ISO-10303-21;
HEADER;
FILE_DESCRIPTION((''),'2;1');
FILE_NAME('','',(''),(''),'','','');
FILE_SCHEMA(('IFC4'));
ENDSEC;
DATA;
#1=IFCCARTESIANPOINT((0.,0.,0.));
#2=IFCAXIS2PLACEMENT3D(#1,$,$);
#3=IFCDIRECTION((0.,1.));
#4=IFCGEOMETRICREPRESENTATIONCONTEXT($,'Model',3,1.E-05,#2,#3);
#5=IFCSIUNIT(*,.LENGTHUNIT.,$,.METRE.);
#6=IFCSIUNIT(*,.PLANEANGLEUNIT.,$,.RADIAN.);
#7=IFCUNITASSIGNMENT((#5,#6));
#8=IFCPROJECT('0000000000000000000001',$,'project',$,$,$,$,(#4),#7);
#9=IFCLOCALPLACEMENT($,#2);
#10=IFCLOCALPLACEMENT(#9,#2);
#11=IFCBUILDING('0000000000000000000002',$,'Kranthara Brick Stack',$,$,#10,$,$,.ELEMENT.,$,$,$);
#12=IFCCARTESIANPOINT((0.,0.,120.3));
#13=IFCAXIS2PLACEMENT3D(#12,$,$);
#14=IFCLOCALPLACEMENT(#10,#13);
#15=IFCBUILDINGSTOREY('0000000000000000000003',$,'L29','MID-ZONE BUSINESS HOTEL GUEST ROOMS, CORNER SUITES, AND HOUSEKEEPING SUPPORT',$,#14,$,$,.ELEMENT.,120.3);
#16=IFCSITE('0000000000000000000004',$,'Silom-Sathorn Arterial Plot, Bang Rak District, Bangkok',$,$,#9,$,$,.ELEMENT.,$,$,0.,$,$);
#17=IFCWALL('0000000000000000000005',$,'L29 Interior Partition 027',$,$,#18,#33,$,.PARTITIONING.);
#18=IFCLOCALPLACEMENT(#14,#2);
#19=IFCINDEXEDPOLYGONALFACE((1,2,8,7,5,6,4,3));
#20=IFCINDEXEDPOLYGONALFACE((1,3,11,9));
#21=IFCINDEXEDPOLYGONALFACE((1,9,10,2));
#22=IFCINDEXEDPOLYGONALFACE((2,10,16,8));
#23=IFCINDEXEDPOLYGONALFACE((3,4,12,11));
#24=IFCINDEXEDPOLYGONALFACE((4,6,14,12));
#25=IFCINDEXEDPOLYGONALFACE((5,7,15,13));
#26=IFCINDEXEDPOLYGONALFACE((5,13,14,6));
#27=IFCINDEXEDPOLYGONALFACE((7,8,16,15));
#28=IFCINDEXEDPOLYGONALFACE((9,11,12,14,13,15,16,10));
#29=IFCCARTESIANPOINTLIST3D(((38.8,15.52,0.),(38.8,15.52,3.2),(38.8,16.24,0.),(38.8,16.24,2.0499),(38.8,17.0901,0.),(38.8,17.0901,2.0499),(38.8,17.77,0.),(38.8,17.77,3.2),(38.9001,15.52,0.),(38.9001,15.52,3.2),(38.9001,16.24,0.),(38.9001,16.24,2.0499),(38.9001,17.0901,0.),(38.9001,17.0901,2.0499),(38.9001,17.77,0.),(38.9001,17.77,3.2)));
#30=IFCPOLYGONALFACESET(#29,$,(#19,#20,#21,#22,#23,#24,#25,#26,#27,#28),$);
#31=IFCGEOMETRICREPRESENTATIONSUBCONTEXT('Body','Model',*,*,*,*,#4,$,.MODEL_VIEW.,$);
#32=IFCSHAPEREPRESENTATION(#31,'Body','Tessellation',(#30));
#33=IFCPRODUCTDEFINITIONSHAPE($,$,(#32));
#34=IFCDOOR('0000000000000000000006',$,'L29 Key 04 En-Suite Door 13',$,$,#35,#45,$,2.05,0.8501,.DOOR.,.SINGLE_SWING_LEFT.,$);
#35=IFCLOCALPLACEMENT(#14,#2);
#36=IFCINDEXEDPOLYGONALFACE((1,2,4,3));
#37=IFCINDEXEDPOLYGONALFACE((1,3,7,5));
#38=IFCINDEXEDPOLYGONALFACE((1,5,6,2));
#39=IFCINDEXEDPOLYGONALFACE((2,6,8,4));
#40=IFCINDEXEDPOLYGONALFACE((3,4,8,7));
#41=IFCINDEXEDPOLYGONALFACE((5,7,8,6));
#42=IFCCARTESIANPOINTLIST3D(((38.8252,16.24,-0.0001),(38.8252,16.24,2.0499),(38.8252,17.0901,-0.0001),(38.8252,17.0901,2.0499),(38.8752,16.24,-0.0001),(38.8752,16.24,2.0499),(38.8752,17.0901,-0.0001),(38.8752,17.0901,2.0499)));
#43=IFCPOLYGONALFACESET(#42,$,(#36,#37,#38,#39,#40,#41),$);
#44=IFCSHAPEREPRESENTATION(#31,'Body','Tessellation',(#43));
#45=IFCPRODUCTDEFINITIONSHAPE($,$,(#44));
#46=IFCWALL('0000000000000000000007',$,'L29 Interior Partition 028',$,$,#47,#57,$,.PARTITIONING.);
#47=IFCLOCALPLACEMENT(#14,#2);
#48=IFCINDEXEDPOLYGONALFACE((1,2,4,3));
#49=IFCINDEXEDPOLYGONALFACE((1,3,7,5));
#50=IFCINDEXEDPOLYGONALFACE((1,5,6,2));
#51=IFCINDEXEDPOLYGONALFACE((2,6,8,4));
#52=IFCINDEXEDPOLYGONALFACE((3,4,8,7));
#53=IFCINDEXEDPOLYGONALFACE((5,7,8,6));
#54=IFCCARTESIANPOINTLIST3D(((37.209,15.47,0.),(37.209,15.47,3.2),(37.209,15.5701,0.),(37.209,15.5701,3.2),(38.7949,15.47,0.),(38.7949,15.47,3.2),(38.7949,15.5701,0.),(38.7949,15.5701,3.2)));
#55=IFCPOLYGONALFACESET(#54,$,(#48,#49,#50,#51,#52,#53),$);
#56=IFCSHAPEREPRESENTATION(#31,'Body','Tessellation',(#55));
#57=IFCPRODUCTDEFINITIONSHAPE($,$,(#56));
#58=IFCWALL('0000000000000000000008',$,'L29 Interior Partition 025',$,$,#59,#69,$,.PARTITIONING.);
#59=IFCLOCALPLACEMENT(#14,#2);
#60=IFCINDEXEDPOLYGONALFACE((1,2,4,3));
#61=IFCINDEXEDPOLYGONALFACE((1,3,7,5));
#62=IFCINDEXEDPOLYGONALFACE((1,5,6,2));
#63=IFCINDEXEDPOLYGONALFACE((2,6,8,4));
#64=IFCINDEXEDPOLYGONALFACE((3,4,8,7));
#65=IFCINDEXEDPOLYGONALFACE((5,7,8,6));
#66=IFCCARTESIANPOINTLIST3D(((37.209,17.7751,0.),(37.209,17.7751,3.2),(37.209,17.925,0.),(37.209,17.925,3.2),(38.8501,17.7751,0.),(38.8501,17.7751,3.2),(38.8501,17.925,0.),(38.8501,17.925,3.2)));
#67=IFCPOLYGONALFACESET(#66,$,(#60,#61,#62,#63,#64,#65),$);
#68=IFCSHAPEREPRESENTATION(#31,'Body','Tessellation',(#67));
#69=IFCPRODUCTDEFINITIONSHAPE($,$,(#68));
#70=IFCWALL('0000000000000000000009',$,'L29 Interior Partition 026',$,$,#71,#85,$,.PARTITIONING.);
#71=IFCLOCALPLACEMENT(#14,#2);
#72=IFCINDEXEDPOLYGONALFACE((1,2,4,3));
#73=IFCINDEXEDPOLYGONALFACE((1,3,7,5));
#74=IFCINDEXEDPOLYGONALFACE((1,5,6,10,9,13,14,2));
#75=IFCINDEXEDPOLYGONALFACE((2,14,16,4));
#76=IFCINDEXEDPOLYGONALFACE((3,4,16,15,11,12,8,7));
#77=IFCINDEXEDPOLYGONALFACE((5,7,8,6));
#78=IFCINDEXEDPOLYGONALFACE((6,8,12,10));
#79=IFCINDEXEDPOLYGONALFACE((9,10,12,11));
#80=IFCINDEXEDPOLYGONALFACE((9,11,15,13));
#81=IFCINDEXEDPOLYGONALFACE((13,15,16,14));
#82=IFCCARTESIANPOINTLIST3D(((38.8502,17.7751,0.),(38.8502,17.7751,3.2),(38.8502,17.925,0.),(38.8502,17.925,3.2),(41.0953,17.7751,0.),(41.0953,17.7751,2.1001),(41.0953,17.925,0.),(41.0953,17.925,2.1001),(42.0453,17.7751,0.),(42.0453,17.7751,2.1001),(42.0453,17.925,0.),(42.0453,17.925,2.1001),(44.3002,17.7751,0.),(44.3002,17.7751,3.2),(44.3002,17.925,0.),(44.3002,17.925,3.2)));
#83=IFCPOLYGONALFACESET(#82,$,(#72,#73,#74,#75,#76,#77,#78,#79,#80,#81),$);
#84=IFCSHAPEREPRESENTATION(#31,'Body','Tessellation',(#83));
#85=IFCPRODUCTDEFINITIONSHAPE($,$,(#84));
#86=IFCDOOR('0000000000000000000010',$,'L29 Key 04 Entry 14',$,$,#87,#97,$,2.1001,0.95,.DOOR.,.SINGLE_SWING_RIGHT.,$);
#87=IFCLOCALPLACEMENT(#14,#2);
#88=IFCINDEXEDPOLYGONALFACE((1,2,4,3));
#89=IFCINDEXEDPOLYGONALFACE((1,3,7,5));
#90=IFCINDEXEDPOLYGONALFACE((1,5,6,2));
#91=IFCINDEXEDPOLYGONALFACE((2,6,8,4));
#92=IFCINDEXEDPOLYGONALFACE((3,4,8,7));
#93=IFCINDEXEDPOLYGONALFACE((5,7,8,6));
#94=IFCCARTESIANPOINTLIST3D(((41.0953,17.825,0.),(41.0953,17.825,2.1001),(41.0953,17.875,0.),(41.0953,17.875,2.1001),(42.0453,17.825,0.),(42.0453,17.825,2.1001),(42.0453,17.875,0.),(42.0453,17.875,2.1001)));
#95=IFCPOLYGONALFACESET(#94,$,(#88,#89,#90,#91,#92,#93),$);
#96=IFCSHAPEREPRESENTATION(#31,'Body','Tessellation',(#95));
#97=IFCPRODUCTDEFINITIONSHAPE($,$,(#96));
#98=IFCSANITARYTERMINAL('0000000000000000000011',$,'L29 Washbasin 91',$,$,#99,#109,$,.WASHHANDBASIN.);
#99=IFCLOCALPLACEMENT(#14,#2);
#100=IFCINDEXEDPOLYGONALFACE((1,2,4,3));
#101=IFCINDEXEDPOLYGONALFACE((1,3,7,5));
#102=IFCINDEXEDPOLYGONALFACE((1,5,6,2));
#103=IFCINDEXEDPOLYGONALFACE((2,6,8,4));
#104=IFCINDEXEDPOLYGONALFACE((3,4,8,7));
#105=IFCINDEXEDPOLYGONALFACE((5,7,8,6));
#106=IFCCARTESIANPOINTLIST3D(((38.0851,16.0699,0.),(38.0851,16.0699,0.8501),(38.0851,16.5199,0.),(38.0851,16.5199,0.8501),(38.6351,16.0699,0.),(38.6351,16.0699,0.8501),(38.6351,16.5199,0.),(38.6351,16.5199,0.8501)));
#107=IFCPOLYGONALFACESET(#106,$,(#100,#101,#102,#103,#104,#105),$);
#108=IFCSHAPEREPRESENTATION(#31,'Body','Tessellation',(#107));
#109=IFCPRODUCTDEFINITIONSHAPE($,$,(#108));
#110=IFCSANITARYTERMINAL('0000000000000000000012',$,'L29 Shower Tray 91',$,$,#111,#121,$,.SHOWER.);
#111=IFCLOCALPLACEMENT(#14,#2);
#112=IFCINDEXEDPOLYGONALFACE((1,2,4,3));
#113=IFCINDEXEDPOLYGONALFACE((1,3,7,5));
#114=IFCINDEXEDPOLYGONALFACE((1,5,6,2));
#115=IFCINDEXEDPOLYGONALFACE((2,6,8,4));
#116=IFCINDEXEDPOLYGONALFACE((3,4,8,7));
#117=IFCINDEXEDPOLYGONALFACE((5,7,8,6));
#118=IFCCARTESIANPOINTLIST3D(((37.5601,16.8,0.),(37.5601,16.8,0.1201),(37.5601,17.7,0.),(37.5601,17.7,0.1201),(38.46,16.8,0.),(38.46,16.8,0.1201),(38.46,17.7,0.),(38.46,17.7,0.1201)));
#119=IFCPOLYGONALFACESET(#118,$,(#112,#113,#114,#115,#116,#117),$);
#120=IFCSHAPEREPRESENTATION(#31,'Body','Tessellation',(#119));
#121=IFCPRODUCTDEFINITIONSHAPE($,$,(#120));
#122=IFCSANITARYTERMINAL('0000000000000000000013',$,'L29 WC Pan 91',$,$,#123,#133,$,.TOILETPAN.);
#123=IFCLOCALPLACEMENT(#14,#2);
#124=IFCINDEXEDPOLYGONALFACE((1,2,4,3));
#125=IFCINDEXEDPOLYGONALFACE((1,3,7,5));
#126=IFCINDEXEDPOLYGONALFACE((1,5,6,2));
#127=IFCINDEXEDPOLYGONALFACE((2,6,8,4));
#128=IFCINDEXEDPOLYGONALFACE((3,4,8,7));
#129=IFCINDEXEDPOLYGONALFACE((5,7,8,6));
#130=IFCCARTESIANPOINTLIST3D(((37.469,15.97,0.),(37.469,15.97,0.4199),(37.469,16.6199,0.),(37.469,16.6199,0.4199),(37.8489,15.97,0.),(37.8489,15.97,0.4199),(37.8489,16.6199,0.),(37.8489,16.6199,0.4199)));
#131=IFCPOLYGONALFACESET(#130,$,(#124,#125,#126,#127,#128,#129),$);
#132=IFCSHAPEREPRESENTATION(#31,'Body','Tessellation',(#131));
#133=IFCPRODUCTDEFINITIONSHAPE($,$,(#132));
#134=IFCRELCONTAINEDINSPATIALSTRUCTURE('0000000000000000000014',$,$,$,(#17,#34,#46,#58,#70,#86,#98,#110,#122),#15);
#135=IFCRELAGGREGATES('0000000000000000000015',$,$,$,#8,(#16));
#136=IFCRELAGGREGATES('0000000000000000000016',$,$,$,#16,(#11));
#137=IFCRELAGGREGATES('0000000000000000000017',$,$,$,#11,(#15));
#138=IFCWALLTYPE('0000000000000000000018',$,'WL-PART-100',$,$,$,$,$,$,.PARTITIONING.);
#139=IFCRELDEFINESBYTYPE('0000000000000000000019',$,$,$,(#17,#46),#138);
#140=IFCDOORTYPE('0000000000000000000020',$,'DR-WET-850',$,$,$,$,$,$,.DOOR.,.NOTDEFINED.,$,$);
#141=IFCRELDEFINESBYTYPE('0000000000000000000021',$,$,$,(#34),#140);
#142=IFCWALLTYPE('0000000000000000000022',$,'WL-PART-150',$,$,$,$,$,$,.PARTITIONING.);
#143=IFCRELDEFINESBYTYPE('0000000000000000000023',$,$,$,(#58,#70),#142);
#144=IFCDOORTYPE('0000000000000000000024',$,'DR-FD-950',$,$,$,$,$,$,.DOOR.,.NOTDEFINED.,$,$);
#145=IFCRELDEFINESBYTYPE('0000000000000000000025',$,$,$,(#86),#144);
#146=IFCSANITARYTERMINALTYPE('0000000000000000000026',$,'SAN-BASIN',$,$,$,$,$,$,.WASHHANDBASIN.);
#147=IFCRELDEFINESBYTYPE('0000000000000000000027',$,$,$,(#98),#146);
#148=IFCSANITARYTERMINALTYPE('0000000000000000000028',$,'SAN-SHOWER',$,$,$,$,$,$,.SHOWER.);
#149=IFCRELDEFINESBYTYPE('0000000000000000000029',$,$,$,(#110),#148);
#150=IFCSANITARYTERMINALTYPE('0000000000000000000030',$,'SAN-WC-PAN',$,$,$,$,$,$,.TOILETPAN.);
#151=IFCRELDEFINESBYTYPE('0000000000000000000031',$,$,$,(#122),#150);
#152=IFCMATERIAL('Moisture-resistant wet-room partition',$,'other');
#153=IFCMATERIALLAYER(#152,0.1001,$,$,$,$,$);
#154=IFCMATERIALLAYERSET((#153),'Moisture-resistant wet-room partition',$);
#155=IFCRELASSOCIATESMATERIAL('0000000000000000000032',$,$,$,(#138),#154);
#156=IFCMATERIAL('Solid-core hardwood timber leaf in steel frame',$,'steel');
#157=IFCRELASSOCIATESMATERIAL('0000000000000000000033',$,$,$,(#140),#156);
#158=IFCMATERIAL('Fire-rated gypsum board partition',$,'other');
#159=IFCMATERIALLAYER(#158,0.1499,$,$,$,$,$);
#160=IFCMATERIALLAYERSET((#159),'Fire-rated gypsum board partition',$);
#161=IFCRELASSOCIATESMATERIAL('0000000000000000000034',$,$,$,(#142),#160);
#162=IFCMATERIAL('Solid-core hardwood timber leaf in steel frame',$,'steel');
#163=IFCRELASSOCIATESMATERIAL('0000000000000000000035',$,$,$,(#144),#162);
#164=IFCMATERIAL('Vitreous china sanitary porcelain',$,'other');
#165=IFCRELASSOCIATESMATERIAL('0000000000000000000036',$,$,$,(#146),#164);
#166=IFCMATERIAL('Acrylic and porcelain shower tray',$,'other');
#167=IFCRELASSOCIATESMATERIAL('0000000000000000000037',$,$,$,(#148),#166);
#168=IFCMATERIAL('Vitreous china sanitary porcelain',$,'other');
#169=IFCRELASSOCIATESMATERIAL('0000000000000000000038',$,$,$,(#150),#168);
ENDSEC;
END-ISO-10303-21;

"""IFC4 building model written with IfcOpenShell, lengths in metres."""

from ifc_helpers import new_model, si_unit, direction, frame, frame_2d, origin, origin_2d, place, context, subcontext, project, spatial, rectangle, extrude, material, layer, layer_set, type_object, element, fill, save


model = new_model("IFC4")

# Units and contexts
model_context = context("Model", 3, precision=1e-05, world=origin(), true_north=direction((0.0, 1.0)))
body_context = subcontext(model_context, "Body", "Model", "MODEL_VIEW")
ifc_project = project(units=[si_unit("LENGTHUNIT", "METRE"), si_unit("PLANEANGLEUNIT", "RADIAN")], contexts=[model_context])

# Site, building, storey
site_placement = place(None, origin())
site = spatial("IfcSite", under=ifc_project, at=site_placement, Name="Silom-Sathorn Arterial Plot, Bang Rak District, Bangkok", CompositionType="ELEMENT", RefElevation=0.0)
building_placement = place(site_placement, origin())
building = spatial("IfcBuilding", under=site, at=building_placement, Name="Kranthara Brick Stack", CompositionType="ELEMENT")
storey_placement = place(building_placement, frame((0.0, 0.0, 120.3)))
storey = spatial("IfcBuildingStorey", under=building, at=storey_placement, Name="L29", Description="MID-ZONE BUSINESS HOTEL GUEST ROOMS, CORNER SUITES, AND HOUSEKEEPING SUPPORT", CompositionType="ELEMENT", Elevation=120.3)

# Wall, opening, door
ifc_material_1 = material(Name="Moisture-resistant wet-room partition", Category="other")
ifc_layer_1 = layer(ifc_material_1, 0.1001)
ifc_layer_set_1 = layer_set([ifc_layer_1], Name="Moisture-resistant wet-room partition")
wall_type_1 = type_object("IfcWallType", Name="WL-PART-100", PredefinedType="PARTITIONING", material=ifc_layer_set_1)
wall_1_placement = place(storey_placement, frame((38.8501, 15.52, 0.0), z_axis=(0.0, 0.0, 1.0), x_axis=(0.0, 1.0, 0.0)))
wall_1 = element("IfcWall", 1, at=wall_1_placement, inside=storey, type_object=wall_type_1, Name="L29 Interior Partition 027", PredefinedType="PARTITIONING", context=body_context, shape_type="SweptSolid", body=[
    extrude(rectangle(XDim=2.25, YDim=0.1001, at=frame_2d((1.125, 0.0))), origin(), (0.0, 0.0, 1.0), 3.2),
])
opening_1_placement = place(wall_1_placement, frame((0.72, 0.0, 0.0)))
opening_1 = element("IfcOpeningElement", 2, at=opening_1_placement, cuts=wall_1, PredefinedType="OPENING", context=body_context, shape_type="SweptSolid", body=[
    extrude(rectangle(XDim=0.8501, YDim=2.05, at=frame_2d((0.425, 1.0249))), frame((0.0, 0.0601, 0.0), z_axis=(0.0, -1.0, 0.0), x_axis=(1.0, 0.0, 0.0)), (0.0, 0.0, 1.0), 0.1201),
])
ifc_material_2 = material(Name="Solid-core hardwood timber leaf in steel frame", Category="steel")
door_type_1 = type_object("IfcDoorType", Name="DR-WET-850", OperationType="NOTDEFINED", PredefinedType="DOOR", material=ifc_material_2)
door_1_placement = place(opening_1_placement, origin())
door_1 = element("IfcDoor", 3, at=door_1_placement, inside=storey, type_object=door_type_1, Name="L29 Key 04 En-Suite Door 13", OperationType="SINGLE_SWING_LEFT", OverallHeight=2.05, OverallWidth=0.8501, PredefinedType="DOOR", context=body_context, shape_type="SweptSolid", body=[
    extrude(rectangle(XDim=0.8501, YDim=2.05, at=frame_2d((0.425, 1.0249))), frame((0.0, 0.0249, 0.0), z_axis=(0.0, -1.0, 0.0), x_axis=(1.0, 0.0, 0.0)), (0.0, 0.0, 1.0), 0.05),
])
fill(opening_1, door_1)

# Walls
wall_2_placement = place(storey_placement, frame((37.209, 15.52, 0.0), z_axis=(0.0, 0.0, 1.0), x_axis=(1.0, 0.0, 0.0)))
element("IfcWall", 4, at=wall_2_placement, inside=storey, type_object=wall_type_1, Name="L29 Interior Partition 028", PredefinedType="PARTITIONING", context=body_context, shape_type="SweptSolid", body=[
    extrude(rectangle(XDim=1.5859, YDim=0.1001, at=frame_2d((0.793, 0.0))), origin(), (0.0, 0.0, 1.0), 3.2),
])
ifc_material_3 = material(Name="Fire-rated gypsum board partition", Category="other")
ifc_layer_2 = layer(ifc_material_3, 0.1499)
ifc_layer_set_2 = layer_set([ifc_layer_2], Name="Fire-rated gypsum board partition")
wall_type_2 = type_object("IfcWallType", Name="WL-PART-150", PredefinedType="PARTITIONING", material=ifc_layer_set_2)
wall_3_placement = place(storey_placement, frame((37.209, 17.8501, 0.0), z_axis=(0.0, 0.0, 1.0), x_axis=(1.0, 0.0, 0.0)))
element("IfcWall", 5, at=wall_3_placement, inside=storey, type_object=wall_type_2, Name="L29 Interior Partition 025", PredefinedType="PARTITIONING", context=body_context, shape_type="SweptSolid", body=[
    extrude(rectangle(XDim=1.6411, YDim=0.1499, at=frame_2d((0.8206, 0.0))), origin(), (0.0, 0.0, 1.0), 3.2),
])

# Wall, opening, door
wall_4_placement = place(storey_placement, frame((38.8501, 17.8501, 0.0), z_axis=(0.0, 0.0, 1.0), x_axis=(1.0, 0.0, 0.0)))
wall_4 = element("IfcWall", 6, at=wall_4_placement, inside=storey, type_object=wall_type_2, Name="L29 Interior Partition 026", PredefinedType="PARTITIONING", context=body_context, shape_type="SweptSolid", body=[
    extrude(rectangle(XDim=5.45, YDim=0.1499, at=frame_2d((2.7251, 0.0))), origin(), (0.0, 0.0, 1.0), 3.2),
])
opening_2_placement = place(wall_4_placement, frame((2.2451, 0.0, 0.0)))
opening_2 = element("IfcOpeningElement", 7, at=opening_2_placement, cuts=wall_4, PredefinedType="OPENING", context=body_context, shape_type="SweptSolid", body=[
    extrude(rectangle(XDim=0.95, YDim=2.1001, at=frame_2d((0.4751, 1.05))), frame((0.0, 0.085, 0.0), z_axis=(0.0, -1.0, 0.0), x_axis=(1.0, 0.0, 0.0)), (0.0, 0.0, 1.0), 0.1699),
])
ifc_material_4 = material(Name="Solid-core hardwood timber leaf in steel frame", Category="steel")
door_type_2 = type_object("IfcDoorType", Name="DR-FD-950", OperationType="NOTDEFINED", PredefinedType="DOOR", material=ifc_material_4)
door_2_placement = place(opening_2_placement, origin())
door_2 = element("IfcDoor", 8, at=door_2_placement, inside=storey, type_object=door_type_2, Name="L29 Key 04 Entry 14", OperationType="SINGLE_SWING_RIGHT", OverallHeight=2.1001, OverallWidth=0.95, PredefinedType="DOOR", context=body_context, shape_type="SweptSolid", body=[
    extrude(rectangle(XDim=0.95, YDim=2.1001, at=frame_2d((0.4751, 1.05))), frame((0.0, 0.0249, 0.0), z_axis=(0.0, -1.0, 0.0), x_axis=(1.0, 0.0, 0.0)), (0.0, 0.0, 1.0), 0.05),
])
fill(opening_2, door_2)

# Sanitary terminals
ifc_material_5 = material(Name="Vitreous china sanitary porcelain", Category="other")
sanitary_terminal_type_1 = type_object("IfcSanitaryTerminalType", Name="SAN-BASIN", PredefinedType="WASHHANDBASIN", material=ifc_material_5)
sanitary_terminal_1_placement = place(storey_placement, frame((38.3601, 16.2949, 0.0), z_axis=(0.0, 0.0, 1.0), x_axis=(1.0, 0.0, 0.0)))
element("IfcSanitaryTerminal", 9, at=sanitary_terminal_1_placement, inside=storey, type_object=sanitary_terminal_type_1, Name="L29 Washbasin 91", PredefinedType="WASHHANDBASIN", context=body_context, shape_type="SweptSolid", body=[
    extrude(rectangle(XDim=0.55, YDim=0.45, at=origin_2d()), origin(), (0.0, 0.0, 1.0), 0.8501),
])
ifc_material_6 = material(Name="Acrylic and porcelain shower tray", Category="other")
sanitary_terminal_type_2 = type_object("IfcSanitaryTerminalType", Name="SAN-SHOWER", PredefinedType="SHOWER", material=ifc_material_6)
sanitary_terminal_2_placement = place(storey_placement, frame((38.01, 17.25, 0.0), z_axis=(0.0, 0.0, 1.0), x_axis=(1.0, 0.0, 0.0)))
element("IfcSanitaryTerminal", 10, at=sanitary_terminal_2_placement, inside=storey, type_object=sanitary_terminal_type_2, Name="L29 Shower Tray 91", PredefinedType="SHOWER", context=body_context, shape_type="SweptSolid", body=[
    extrude(rectangle(XDim=0.8999, YDim=0.8999, at=origin_2d()), origin(), (0.0, 0.0, 1.0), 0.1201),
])
ifc_material_7 = material(Name="Vitreous china sanitary porcelain", Category="other")
sanitary_terminal_type_3 = type_object("IfcSanitaryTerminalType", Name="SAN-WC-PAN", PredefinedType="TOILETPAN", material=ifc_material_7)
sanitary_terminal_3_placement = place(storey_placement, frame((37.6589, 16.2949, 0.0), z_axis=(0.0, 0.0, 1.0), x_axis=(1.0, 0.0, 0.0)))
element("IfcSanitaryTerminal", 11, at=sanitary_terminal_3_placement, inside=storey, type_object=sanitary_terminal_type_3, Name="L29 WC Pan 91", PredefinedType="TOILETPAN", context=body_context, shape_type="SweptSolid", body=[
    extrude(rectangle(XDim=0.3799, YDim=0.6499, at=origin_2d()), origin(), (0.0, 0.0, 1.0), 0.4199),
])

save(model, "model.ifc")
